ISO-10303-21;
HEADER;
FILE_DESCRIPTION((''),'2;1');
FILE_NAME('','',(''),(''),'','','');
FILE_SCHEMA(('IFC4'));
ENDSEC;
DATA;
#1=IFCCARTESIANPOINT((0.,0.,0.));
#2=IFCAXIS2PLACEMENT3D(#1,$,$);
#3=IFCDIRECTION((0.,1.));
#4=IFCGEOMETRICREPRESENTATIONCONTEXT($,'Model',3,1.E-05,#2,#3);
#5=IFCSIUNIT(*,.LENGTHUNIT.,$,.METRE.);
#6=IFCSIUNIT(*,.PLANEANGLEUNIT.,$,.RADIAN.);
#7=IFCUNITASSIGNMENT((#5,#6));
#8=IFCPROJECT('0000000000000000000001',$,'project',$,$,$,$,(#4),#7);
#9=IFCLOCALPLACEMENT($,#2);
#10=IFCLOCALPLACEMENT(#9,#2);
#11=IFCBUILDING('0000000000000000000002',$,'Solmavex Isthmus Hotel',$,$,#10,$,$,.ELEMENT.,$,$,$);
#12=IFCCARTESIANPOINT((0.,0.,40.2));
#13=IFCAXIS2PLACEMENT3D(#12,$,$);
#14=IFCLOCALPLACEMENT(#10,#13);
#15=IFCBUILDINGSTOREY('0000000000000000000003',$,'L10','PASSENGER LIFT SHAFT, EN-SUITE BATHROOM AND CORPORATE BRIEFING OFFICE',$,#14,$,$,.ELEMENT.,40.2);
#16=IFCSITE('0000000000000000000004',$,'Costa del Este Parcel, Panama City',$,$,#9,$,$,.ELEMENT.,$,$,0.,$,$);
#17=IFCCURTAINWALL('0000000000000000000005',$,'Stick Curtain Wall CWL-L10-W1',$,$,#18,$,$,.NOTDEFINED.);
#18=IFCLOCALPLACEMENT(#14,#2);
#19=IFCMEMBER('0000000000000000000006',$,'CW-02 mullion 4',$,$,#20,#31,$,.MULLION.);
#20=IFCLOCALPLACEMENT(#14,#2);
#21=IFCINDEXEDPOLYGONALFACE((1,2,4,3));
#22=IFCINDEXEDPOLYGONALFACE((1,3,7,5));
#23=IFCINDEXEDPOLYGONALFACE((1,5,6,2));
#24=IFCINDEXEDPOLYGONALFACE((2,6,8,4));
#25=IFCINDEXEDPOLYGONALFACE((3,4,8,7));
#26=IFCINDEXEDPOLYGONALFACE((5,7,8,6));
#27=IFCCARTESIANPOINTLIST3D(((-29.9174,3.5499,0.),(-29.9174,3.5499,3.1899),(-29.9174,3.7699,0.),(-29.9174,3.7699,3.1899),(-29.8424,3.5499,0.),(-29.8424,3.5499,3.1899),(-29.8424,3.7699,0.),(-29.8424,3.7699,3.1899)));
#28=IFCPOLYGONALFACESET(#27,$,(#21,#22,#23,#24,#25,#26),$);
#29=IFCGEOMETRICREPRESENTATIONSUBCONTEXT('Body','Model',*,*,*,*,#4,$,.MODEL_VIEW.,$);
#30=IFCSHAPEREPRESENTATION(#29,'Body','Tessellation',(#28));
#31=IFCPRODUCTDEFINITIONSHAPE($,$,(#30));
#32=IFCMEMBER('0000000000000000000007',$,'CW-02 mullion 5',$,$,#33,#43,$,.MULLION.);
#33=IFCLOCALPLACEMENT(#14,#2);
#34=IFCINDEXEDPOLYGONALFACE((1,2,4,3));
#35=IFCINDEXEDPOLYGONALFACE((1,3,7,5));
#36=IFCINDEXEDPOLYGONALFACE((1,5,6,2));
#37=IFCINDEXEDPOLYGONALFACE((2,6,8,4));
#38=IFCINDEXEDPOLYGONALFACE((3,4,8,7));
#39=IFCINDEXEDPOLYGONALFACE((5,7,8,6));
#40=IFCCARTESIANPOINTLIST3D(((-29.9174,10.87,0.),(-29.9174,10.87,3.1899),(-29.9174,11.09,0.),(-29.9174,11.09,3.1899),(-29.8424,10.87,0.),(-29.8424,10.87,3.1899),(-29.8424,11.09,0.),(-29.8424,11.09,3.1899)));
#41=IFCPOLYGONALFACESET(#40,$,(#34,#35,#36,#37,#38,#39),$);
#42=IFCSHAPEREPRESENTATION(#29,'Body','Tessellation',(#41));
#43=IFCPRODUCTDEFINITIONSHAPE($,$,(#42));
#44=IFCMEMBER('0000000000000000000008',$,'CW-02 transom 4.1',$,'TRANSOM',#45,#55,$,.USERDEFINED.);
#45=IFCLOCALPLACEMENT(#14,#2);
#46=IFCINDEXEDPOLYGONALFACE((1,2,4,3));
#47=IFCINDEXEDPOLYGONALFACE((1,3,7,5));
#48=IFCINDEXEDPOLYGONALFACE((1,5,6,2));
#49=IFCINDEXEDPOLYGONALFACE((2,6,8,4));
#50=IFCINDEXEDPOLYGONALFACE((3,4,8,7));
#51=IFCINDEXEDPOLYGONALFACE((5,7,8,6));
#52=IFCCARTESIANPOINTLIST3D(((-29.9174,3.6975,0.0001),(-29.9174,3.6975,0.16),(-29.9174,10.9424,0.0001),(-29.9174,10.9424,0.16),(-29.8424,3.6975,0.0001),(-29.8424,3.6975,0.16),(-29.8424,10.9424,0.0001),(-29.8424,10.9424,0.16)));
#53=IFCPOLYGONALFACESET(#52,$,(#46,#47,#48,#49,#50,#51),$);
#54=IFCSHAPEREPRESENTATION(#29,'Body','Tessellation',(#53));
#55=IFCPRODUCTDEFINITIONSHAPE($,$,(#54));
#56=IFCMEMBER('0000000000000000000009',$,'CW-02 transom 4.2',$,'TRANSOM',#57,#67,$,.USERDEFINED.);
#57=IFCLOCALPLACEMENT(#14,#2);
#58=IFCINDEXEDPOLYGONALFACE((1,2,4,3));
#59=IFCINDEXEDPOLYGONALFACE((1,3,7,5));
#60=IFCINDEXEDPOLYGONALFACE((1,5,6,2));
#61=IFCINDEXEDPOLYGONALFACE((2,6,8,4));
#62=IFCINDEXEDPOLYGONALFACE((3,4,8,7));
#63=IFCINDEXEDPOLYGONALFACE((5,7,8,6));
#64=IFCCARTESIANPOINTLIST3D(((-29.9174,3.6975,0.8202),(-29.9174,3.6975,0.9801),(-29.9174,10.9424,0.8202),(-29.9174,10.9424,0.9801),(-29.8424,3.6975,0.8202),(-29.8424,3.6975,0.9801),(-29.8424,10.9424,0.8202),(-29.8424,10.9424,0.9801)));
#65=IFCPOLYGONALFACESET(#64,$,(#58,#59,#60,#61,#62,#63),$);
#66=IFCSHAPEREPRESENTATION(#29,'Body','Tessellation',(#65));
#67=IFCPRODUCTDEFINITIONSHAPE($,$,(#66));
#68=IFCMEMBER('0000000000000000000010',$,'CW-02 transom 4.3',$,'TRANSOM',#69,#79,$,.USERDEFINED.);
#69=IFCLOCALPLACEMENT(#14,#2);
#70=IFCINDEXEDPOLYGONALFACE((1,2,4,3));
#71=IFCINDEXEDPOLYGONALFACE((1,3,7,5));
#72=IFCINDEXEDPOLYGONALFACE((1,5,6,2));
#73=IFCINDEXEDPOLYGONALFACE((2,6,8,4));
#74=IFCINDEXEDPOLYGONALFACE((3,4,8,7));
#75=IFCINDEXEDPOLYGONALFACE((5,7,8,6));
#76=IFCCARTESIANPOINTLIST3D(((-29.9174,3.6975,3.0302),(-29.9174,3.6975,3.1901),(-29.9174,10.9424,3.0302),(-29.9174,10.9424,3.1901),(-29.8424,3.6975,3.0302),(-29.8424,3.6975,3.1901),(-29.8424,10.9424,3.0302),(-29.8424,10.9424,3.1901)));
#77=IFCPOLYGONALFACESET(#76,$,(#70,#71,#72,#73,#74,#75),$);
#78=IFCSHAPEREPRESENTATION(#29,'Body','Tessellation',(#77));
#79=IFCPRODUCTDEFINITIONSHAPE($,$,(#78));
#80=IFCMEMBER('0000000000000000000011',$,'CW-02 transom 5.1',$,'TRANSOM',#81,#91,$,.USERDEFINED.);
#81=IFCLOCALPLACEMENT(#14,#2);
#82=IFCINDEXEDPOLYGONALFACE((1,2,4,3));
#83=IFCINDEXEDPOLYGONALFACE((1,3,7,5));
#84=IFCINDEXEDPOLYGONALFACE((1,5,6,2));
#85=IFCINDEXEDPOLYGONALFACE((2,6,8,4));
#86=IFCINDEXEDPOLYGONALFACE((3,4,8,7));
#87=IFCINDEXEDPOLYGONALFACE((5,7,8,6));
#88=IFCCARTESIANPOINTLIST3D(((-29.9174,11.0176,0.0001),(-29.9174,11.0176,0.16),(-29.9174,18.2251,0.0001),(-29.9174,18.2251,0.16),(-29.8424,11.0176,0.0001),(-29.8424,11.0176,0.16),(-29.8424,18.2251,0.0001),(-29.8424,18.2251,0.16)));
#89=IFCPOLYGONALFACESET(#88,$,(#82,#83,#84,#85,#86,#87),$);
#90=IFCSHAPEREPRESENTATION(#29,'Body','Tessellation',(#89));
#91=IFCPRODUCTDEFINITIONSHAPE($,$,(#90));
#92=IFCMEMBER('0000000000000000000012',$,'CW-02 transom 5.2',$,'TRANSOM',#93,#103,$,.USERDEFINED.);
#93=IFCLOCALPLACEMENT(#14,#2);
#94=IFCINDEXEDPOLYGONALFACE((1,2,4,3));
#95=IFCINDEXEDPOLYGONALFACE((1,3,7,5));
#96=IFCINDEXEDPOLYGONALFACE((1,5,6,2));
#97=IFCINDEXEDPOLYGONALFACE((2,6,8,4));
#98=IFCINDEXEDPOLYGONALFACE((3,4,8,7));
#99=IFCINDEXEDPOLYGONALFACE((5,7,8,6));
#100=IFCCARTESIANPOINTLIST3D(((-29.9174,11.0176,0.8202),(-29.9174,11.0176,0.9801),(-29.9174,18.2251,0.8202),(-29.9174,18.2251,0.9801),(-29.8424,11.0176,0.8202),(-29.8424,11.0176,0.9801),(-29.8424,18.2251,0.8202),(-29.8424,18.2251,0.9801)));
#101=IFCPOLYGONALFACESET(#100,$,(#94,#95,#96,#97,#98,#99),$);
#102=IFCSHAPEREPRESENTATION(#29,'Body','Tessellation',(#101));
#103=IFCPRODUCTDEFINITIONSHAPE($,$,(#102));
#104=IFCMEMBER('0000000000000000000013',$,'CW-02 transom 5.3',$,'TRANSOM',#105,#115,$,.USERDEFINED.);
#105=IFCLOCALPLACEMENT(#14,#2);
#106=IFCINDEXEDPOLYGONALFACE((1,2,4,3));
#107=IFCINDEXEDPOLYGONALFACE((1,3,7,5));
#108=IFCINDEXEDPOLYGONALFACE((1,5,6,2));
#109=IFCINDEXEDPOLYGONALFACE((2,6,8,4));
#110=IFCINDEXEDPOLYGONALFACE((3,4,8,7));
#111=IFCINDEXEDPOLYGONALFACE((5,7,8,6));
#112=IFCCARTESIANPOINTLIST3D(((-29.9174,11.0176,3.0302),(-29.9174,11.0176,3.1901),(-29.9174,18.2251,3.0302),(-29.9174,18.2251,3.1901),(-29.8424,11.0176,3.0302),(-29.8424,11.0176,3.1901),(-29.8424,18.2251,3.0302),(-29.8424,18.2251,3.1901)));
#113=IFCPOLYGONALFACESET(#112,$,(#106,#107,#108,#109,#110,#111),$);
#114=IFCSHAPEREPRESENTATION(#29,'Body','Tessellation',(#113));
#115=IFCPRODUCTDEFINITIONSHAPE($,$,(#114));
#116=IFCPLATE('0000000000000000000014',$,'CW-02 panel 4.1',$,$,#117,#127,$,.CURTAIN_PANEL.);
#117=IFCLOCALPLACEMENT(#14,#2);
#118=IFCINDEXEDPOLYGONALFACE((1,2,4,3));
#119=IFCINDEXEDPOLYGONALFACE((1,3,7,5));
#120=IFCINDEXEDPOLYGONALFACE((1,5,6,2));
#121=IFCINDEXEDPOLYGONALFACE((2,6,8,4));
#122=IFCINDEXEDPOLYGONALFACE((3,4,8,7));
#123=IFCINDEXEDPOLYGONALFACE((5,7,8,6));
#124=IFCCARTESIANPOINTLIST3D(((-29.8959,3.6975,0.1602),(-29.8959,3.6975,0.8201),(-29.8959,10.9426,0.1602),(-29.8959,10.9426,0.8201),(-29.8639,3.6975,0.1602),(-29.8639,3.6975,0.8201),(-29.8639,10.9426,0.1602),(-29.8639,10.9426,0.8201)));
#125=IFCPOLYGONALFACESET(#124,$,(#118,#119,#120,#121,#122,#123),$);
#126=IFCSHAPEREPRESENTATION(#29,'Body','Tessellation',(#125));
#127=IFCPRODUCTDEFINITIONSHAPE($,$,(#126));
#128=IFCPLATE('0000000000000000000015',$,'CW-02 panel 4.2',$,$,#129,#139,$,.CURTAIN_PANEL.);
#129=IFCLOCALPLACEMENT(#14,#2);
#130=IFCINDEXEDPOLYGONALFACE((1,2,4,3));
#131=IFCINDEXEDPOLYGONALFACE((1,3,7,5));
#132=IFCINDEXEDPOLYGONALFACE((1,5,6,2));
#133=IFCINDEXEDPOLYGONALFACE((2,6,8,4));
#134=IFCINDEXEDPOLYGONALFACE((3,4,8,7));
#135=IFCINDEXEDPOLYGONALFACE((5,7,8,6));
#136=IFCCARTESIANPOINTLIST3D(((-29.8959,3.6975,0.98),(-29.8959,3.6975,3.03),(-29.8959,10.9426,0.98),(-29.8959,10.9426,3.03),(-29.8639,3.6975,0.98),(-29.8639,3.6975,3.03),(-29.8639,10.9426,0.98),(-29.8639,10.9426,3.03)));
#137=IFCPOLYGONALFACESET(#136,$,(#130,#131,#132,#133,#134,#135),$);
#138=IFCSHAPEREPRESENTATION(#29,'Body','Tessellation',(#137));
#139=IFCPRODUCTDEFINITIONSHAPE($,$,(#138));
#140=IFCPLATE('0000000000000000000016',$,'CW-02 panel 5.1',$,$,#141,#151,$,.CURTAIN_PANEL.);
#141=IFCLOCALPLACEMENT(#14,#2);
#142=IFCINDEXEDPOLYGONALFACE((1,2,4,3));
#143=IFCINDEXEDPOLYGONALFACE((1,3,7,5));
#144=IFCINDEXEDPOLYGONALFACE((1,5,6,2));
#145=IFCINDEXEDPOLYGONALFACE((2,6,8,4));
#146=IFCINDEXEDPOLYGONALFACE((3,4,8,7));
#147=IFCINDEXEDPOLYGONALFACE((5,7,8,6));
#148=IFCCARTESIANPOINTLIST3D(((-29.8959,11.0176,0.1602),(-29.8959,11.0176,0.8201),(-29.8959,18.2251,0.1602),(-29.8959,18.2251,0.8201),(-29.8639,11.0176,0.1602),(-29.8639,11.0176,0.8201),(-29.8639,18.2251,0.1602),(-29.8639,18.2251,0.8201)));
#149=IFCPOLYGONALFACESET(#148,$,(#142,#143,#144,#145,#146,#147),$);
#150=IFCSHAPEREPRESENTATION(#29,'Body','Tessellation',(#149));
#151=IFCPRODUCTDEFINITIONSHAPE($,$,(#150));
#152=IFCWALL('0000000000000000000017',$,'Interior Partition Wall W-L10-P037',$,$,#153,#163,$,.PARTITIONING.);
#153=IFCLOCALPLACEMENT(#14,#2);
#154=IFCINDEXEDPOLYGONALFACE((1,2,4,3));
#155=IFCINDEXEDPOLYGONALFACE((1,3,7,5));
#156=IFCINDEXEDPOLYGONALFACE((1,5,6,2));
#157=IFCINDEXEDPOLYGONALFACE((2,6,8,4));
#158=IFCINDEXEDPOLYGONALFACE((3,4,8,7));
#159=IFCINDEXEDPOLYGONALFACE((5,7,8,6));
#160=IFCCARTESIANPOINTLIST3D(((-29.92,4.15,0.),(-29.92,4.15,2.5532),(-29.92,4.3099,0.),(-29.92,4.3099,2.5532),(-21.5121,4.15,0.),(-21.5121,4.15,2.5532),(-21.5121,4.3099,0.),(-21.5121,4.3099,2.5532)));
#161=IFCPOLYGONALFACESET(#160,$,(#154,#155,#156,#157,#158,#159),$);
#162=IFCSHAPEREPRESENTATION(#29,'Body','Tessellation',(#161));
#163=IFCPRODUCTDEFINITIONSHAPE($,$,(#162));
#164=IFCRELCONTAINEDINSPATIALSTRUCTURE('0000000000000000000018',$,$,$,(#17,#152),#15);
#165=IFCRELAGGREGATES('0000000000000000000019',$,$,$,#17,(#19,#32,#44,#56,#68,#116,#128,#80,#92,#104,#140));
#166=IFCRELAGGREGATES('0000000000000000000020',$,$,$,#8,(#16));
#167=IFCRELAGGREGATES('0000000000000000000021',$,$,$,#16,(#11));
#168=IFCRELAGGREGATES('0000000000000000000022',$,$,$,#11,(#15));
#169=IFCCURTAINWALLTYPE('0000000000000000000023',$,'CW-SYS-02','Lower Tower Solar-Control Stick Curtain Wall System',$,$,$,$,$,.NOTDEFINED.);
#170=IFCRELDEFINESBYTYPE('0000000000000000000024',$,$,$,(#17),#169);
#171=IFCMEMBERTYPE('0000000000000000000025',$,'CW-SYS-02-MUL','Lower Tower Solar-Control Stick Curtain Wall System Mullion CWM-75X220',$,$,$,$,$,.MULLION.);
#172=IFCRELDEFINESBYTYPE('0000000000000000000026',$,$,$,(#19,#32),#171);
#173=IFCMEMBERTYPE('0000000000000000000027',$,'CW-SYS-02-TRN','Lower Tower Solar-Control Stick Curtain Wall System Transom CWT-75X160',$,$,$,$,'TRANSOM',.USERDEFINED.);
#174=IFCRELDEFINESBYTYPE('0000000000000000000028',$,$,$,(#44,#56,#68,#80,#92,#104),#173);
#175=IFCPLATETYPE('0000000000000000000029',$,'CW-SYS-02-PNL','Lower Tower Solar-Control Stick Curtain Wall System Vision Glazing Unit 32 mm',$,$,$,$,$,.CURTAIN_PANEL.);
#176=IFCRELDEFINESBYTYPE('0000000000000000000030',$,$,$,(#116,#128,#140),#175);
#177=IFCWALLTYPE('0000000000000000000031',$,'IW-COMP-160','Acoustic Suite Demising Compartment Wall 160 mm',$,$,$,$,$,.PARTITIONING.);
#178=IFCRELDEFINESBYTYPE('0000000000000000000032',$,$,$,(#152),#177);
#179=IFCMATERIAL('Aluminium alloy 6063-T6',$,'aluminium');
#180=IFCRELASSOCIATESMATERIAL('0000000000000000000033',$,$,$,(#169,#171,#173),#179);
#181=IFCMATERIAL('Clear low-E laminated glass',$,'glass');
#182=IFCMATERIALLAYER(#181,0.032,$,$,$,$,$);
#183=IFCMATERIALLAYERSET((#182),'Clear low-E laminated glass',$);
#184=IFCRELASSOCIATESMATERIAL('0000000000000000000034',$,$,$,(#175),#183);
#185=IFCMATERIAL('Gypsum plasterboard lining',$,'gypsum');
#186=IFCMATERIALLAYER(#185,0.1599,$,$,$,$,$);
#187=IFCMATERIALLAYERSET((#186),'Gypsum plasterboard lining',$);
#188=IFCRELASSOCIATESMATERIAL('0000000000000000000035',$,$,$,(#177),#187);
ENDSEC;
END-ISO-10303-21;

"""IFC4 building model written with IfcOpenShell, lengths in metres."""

from ifc_helpers import new_model, si_unit, direction, frame, frame_2d, origin, origin_2d, place, context, subcontext, project, spatial, rectangle, extrude, material, layer, layer_set, material_profile, profile_set, type_object, element, aggregate, save


model = new_model("IFC4")

# Units and contexts
model_context = context("Model", 3, precision=1e-05, world=origin(), true_north=direction((0.0, 1.0)))
body_context = subcontext(model_context, "Body", "Model", "MODEL_VIEW")
ifc_project = project(units=[si_unit("LENGTHUNIT", "METRE"), si_unit("PLANEANGLEUNIT", "RADIAN")], contexts=[model_context])

# Site, building, storey
site_placement = place(None, origin())
site = spatial("IfcSite", under=ifc_project, at=site_placement, Name="Costa del Este Parcel, Panama City", CompositionType="ELEMENT", RefElevation=0.0)
building_placement = place(site_placement, origin())
building = spatial("IfcBuilding", under=site, at=building_placement, Name="Solmavex Isthmus Hotel", CompositionType="ELEMENT")
storey_placement = place(building_placement, frame((0.0, 0.0, 40.2)))
storey = spatial("IfcBuildingStorey", under=building, at=storey_placement, Name="L10", Description="PASSENGER LIFT SHAFT, EN-SUITE BATHROOM AND CORPORATE BRIEFING OFFICE", CompositionType="ELEMENT", Elevation=40.2)

# Curtain wall, members, plates
ifc_material_1 = material(Name="Aluminium alloy 6063-T6", Category="aluminium")
curtain_wall_type = type_object("IfcCurtainWallType", Name="CW-SYS-02", Description="Lower Tower Solar-Control Stick Curtain Wall System", PredefinedType="NOTDEFINED", material=ifc_material_1)
curtain_wall_placement = place(storey_placement, origin())
curtain_wall = element("IfcCurtainWall", 1, at=curtain_wall_placement, inside=storey, type_object=curtain_wall_type, Name="Stick Curtain Wall CWL-L10-W1", PredefinedType="NOTDEFINED")
ifc_material_profile_1 = material_profile(ifc_material_1, rectangle(XDim=0.075, YDim=0.22, at=origin_2d()), Name="CWM-75X220")
ifc_profile_set_1 = profile_set([ifc_material_profile_1], Name="Aluminium alloy 6063-T6")
member_type_1 = type_object("IfcMemberType", Name="CW-SYS-02-MUL", Description="Lower Tower Solar-Control Stick Curtain Wall System Mullion CWM-75X220", PredefinedType="MULLION", material=ifc_profile_set_1)
member_1_placement = place(storey_placement, frame((-29.8799, 3.6599, 0.0), z_axis=(0.0, 0.0, 1.0), x_axis=(-1.0, 0.0, 0.0)))
member_1 = element("IfcMember", 2, at=member_1_placement, type_object=member_type_1, Name="CW-02 mullion 4", PredefinedType="MULLION", context=body_context, shape_type="SweptSolid", body=[
    extrude(rectangle(XDim=0.075, YDim=0.22, at=origin_2d()), origin(), (0.0, 0.0, 1.0), 3.1899),
])
member_2_placement = place(storey_placement, frame((-29.8799, 10.98, 0.0), z_axis=(0.0, 0.0, 1.0), x_axis=(-1.0, 0.0, 0.0)))
member_2 = element("IfcMember", 3, at=member_2_placement, type_object=member_type_1, Name="CW-02 mullion 5", PredefinedType="MULLION", context=body_context, shape_type="SweptSolid", body=[
    extrude(rectangle(XDim=0.075, YDim=0.22, at=origin_2d()), origin(), (0.0, 0.0, 1.0), 3.1899),
])
ifc_material_profile_2 = material_profile(ifc_material_1, rectangle(XDim=0.075, YDim=0.1599, at=origin_2d()), Name="CWT-75X160")
ifc_profile_set_2 = profile_set([ifc_material_profile_2], Name="Aluminium alloy 6063-T6")
member_type_2 = type_object("IfcMemberType", Name="CW-SYS-02-TRN", Description="Lower Tower Solar-Control Stick Curtain Wall System Transom CWT-75X160", ElementType="TRANSOM", PredefinedType="USERDEFINED", material=ifc_profile_set_2)
member_3_placement = place(storey_placement, frame((-29.8799, 3.6975, 0.0801), z_axis=(0.0, 1.0, 0.0), x_axis=(-1.0, 0.0, 0.0)))
member_3 = element("IfcMember", 4, at=member_3_placement, type_object=member_type_2, Name="CW-02 transom 4.1", ObjectType="TRANSOM", PredefinedType="USERDEFINED", context=body_context, shape_type="SweptSolid", body=[
    extrude(rectangle(XDim=0.075, YDim=0.1599, at=origin_2d()), origin(), (0.0, 0.0, 1.0), 7.2449),
])
member_4_placement = place(storey_placement, frame((-29.8799, 3.6975, 0.9001), z_axis=(0.0, 1.0, 0.0), x_axis=(-1.0, 0.0, 0.0)))
member_4 = element("IfcMember", 5, at=member_4_placement, type_object=member_type_2, Name="CW-02 transom 4.2", ObjectType="TRANSOM", PredefinedType="USERDEFINED", context=body_context, shape_type="SweptSolid", body=[
    extrude(rectangle(XDim=0.075, YDim=0.1599, at=origin_2d()), origin(), (0.0, 0.0, 1.0), 7.2449),
])
member_5_placement = place(storey_placement, frame((-29.8799, 3.6975, 3.1101), z_axis=(0.0, 1.0, 0.0), x_axis=(-1.0, 0.0, 0.0)))
member_5 = element("IfcMember", 6, at=member_5_placement, type_object=member_type_2, Name="CW-02 transom 4.3", ObjectType="TRANSOM", PredefinedType="USERDEFINED", context=body_context, shape_type="SweptSolid", body=[
    extrude(rectangle(XDim=0.075, YDim=0.1599, at=origin_2d()), origin(), (0.0, 0.0, 1.0), 7.2449),
])
member_6_placement = place(storey_placement, frame((-29.8799, 11.0176, 0.0801), z_axis=(0.0, 1.0, 0.0), x_axis=(-1.0, 0.0, 0.0)))
member_6 = element("IfcMember", 7, at=member_6_placement, type_object=member_type_2, Name="CW-02 transom 5.1", ObjectType="TRANSOM", PredefinedType="USERDEFINED", context=body_context, shape_type="SweptSolid", body=[
    extrude(rectangle(XDim=0.075, YDim=0.1599, at=origin_2d()), origin(), (0.0, 0.0, 1.0), 7.2075),
])
member_7_placement = place(storey_placement, frame((-29.8799, 11.0176, 0.9001), z_axis=(0.0, 1.0, 0.0), x_axis=(-1.0, 0.0, 0.0)))
member_7 = element("IfcMember", 8, at=member_7_placement, type_object=member_type_2, Name="CW-02 transom 5.2", ObjectType="TRANSOM", PredefinedType="USERDEFINED", context=body_context, shape_type="SweptSolid", body=[
    extrude(rectangle(XDim=0.075, YDim=0.1599, at=origin_2d()), origin(), (0.0, 0.0, 1.0), 7.2075),
])
member_8_placement = place(storey_placement, frame((-29.8799, 11.0176, 3.1101), z_axis=(0.0, 1.0, 0.0), x_axis=(-1.0, 0.0, 0.0)))
member_8 = element("IfcMember", 9, at=member_8_placement, type_object=member_type_2, Name="CW-02 transom 5.3", ObjectType="TRANSOM", PredefinedType="USERDEFINED", context=body_context, shape_type="SweptSolid", body=[
    extrude(rectangle(XDim=0.075, YDim=0.1599, at=origin_2d()), origin(), (0.0, 0.0, 1.0), 7.2075),
])
ifc_material_2 = material(Name="Clear low-E laminated glass", Category="glass")
ifc_layer_1 = layer(ifc_material_2, 0.032)
ifc_layer_set_1 = layer_set([ifc_layer_1], Name="Clear low-E laminated glass")
plate_type = type_object("IfcPlateType", Name="CW-SYS-02-PNL", Description="Lower Tower Solar-Control Stick Curtain Wall System Vision Glazing Unit 32 mm", PredefinedType="CURTAIN_PANEL", material=ifc_layer_set_1)
plate_1_placement = place(storey_placement, frame((-29.8799, 7.3201, 0.1602), z_axis=(0.0, 0.0, 1.0), x_axis=(0.0, 1.0, 0.0)))
plate_1 = element("IfcPlate", 10, at=plate_1_placement, type_object=plate_type, Name="CW-02 panel 4.1", PredefinedType="CURTAIN_PANEL", context=body_context, shape_type="SweptSolid", body=[
    extrude(rectangle(XDim=7.2451, YDim=0.032, at=origin_2d()), origin(), (0.0, 0.0, 1.0), 0.6599),
])
plate_2_placement = place(storey_placement, frame((-29.8799, 7.3201, 0.98), z_axis=(0.0, 0.0, 1.0), x_axis=(0.0, 1.0, 0.0)))
plate_2 = element("IfcPlate", 11, at=plate_2_placement, type_object=plate_type, Name="CW-02 panel 4.2", PredefinedType="CURTAIN_PANEL", context=body_context, shape_type="SweptSolid", body=[
    extrude(rectangle(XDim=7.2451, YDim=0.032, at=origin_2d()), origin(), (0.0, 0.0, 1.0), 2.05),
])
plate_3_placement = place(storey_placement, frame((-29.8799, 14.6213, 0.1602), z_axis=(0.0, 0.0, 1.0), x_axis=(0.0, 1.0, 0.0)))
plate_3 = element("IfcPlate", 12, at=plate_3_placement, type_object=plate_type, Name="CW-02 panel 5.1", PredefinedType="CURTAIN_PANEL", context=body_context, shape_type="SweptSolid", body=[
    extrude(rectangle(XDim=7.2075, YDim=0.032, at=origin_2d()), origin(), (0.0, 0.0, 1.0), 0.6599),
])
aggregate(curtain_wall, [member_1, member_2, member_3, member_4, member_5, plate_1, plate_2, member_6, member_7, member_8, plate_3])

# Wall
ifc_material_3 = material(Name="Gypsum plasterboard lining", Category="gypsum")
ifc_layer_2 = layer(ifc_material_3, 0.1599)
ifc_layer_set_2 = layer_set([ifc_layer_2], Name="Gypsum plasterboard lining")
wall_type_1 = type_object("IfcWallType", Name="IW-COMP-160", Description="Acoustic Suite Demising Compartment Wall 160 mm", PredefinedType="PARTITIONING", material=ifc_layer_set_2)
wall_1_placement = place(storey_placement, frame((-21.512, 4.23, 0.0), z_axis=(0.0, 0.0, 1.0), x_axis=(-1.0, 0.0, 0.0)))
element("IfcWall", 13, at=wall_1_placement, inside=storey, type_object=wall_type_1, Name="Interior Partition Wall W-L10-P037", PredefinedType="PARTITIONING", context=body_context, shape_type="SweptSolid", body=[
    extrude(rectangle(XDim=8.408, YDim=0.1599, at=frame_2d((4.2041, 0.0))), origin(), (0.0, 0.0, 1.0), 2.5532),
])

save(model, "model.ifc")
